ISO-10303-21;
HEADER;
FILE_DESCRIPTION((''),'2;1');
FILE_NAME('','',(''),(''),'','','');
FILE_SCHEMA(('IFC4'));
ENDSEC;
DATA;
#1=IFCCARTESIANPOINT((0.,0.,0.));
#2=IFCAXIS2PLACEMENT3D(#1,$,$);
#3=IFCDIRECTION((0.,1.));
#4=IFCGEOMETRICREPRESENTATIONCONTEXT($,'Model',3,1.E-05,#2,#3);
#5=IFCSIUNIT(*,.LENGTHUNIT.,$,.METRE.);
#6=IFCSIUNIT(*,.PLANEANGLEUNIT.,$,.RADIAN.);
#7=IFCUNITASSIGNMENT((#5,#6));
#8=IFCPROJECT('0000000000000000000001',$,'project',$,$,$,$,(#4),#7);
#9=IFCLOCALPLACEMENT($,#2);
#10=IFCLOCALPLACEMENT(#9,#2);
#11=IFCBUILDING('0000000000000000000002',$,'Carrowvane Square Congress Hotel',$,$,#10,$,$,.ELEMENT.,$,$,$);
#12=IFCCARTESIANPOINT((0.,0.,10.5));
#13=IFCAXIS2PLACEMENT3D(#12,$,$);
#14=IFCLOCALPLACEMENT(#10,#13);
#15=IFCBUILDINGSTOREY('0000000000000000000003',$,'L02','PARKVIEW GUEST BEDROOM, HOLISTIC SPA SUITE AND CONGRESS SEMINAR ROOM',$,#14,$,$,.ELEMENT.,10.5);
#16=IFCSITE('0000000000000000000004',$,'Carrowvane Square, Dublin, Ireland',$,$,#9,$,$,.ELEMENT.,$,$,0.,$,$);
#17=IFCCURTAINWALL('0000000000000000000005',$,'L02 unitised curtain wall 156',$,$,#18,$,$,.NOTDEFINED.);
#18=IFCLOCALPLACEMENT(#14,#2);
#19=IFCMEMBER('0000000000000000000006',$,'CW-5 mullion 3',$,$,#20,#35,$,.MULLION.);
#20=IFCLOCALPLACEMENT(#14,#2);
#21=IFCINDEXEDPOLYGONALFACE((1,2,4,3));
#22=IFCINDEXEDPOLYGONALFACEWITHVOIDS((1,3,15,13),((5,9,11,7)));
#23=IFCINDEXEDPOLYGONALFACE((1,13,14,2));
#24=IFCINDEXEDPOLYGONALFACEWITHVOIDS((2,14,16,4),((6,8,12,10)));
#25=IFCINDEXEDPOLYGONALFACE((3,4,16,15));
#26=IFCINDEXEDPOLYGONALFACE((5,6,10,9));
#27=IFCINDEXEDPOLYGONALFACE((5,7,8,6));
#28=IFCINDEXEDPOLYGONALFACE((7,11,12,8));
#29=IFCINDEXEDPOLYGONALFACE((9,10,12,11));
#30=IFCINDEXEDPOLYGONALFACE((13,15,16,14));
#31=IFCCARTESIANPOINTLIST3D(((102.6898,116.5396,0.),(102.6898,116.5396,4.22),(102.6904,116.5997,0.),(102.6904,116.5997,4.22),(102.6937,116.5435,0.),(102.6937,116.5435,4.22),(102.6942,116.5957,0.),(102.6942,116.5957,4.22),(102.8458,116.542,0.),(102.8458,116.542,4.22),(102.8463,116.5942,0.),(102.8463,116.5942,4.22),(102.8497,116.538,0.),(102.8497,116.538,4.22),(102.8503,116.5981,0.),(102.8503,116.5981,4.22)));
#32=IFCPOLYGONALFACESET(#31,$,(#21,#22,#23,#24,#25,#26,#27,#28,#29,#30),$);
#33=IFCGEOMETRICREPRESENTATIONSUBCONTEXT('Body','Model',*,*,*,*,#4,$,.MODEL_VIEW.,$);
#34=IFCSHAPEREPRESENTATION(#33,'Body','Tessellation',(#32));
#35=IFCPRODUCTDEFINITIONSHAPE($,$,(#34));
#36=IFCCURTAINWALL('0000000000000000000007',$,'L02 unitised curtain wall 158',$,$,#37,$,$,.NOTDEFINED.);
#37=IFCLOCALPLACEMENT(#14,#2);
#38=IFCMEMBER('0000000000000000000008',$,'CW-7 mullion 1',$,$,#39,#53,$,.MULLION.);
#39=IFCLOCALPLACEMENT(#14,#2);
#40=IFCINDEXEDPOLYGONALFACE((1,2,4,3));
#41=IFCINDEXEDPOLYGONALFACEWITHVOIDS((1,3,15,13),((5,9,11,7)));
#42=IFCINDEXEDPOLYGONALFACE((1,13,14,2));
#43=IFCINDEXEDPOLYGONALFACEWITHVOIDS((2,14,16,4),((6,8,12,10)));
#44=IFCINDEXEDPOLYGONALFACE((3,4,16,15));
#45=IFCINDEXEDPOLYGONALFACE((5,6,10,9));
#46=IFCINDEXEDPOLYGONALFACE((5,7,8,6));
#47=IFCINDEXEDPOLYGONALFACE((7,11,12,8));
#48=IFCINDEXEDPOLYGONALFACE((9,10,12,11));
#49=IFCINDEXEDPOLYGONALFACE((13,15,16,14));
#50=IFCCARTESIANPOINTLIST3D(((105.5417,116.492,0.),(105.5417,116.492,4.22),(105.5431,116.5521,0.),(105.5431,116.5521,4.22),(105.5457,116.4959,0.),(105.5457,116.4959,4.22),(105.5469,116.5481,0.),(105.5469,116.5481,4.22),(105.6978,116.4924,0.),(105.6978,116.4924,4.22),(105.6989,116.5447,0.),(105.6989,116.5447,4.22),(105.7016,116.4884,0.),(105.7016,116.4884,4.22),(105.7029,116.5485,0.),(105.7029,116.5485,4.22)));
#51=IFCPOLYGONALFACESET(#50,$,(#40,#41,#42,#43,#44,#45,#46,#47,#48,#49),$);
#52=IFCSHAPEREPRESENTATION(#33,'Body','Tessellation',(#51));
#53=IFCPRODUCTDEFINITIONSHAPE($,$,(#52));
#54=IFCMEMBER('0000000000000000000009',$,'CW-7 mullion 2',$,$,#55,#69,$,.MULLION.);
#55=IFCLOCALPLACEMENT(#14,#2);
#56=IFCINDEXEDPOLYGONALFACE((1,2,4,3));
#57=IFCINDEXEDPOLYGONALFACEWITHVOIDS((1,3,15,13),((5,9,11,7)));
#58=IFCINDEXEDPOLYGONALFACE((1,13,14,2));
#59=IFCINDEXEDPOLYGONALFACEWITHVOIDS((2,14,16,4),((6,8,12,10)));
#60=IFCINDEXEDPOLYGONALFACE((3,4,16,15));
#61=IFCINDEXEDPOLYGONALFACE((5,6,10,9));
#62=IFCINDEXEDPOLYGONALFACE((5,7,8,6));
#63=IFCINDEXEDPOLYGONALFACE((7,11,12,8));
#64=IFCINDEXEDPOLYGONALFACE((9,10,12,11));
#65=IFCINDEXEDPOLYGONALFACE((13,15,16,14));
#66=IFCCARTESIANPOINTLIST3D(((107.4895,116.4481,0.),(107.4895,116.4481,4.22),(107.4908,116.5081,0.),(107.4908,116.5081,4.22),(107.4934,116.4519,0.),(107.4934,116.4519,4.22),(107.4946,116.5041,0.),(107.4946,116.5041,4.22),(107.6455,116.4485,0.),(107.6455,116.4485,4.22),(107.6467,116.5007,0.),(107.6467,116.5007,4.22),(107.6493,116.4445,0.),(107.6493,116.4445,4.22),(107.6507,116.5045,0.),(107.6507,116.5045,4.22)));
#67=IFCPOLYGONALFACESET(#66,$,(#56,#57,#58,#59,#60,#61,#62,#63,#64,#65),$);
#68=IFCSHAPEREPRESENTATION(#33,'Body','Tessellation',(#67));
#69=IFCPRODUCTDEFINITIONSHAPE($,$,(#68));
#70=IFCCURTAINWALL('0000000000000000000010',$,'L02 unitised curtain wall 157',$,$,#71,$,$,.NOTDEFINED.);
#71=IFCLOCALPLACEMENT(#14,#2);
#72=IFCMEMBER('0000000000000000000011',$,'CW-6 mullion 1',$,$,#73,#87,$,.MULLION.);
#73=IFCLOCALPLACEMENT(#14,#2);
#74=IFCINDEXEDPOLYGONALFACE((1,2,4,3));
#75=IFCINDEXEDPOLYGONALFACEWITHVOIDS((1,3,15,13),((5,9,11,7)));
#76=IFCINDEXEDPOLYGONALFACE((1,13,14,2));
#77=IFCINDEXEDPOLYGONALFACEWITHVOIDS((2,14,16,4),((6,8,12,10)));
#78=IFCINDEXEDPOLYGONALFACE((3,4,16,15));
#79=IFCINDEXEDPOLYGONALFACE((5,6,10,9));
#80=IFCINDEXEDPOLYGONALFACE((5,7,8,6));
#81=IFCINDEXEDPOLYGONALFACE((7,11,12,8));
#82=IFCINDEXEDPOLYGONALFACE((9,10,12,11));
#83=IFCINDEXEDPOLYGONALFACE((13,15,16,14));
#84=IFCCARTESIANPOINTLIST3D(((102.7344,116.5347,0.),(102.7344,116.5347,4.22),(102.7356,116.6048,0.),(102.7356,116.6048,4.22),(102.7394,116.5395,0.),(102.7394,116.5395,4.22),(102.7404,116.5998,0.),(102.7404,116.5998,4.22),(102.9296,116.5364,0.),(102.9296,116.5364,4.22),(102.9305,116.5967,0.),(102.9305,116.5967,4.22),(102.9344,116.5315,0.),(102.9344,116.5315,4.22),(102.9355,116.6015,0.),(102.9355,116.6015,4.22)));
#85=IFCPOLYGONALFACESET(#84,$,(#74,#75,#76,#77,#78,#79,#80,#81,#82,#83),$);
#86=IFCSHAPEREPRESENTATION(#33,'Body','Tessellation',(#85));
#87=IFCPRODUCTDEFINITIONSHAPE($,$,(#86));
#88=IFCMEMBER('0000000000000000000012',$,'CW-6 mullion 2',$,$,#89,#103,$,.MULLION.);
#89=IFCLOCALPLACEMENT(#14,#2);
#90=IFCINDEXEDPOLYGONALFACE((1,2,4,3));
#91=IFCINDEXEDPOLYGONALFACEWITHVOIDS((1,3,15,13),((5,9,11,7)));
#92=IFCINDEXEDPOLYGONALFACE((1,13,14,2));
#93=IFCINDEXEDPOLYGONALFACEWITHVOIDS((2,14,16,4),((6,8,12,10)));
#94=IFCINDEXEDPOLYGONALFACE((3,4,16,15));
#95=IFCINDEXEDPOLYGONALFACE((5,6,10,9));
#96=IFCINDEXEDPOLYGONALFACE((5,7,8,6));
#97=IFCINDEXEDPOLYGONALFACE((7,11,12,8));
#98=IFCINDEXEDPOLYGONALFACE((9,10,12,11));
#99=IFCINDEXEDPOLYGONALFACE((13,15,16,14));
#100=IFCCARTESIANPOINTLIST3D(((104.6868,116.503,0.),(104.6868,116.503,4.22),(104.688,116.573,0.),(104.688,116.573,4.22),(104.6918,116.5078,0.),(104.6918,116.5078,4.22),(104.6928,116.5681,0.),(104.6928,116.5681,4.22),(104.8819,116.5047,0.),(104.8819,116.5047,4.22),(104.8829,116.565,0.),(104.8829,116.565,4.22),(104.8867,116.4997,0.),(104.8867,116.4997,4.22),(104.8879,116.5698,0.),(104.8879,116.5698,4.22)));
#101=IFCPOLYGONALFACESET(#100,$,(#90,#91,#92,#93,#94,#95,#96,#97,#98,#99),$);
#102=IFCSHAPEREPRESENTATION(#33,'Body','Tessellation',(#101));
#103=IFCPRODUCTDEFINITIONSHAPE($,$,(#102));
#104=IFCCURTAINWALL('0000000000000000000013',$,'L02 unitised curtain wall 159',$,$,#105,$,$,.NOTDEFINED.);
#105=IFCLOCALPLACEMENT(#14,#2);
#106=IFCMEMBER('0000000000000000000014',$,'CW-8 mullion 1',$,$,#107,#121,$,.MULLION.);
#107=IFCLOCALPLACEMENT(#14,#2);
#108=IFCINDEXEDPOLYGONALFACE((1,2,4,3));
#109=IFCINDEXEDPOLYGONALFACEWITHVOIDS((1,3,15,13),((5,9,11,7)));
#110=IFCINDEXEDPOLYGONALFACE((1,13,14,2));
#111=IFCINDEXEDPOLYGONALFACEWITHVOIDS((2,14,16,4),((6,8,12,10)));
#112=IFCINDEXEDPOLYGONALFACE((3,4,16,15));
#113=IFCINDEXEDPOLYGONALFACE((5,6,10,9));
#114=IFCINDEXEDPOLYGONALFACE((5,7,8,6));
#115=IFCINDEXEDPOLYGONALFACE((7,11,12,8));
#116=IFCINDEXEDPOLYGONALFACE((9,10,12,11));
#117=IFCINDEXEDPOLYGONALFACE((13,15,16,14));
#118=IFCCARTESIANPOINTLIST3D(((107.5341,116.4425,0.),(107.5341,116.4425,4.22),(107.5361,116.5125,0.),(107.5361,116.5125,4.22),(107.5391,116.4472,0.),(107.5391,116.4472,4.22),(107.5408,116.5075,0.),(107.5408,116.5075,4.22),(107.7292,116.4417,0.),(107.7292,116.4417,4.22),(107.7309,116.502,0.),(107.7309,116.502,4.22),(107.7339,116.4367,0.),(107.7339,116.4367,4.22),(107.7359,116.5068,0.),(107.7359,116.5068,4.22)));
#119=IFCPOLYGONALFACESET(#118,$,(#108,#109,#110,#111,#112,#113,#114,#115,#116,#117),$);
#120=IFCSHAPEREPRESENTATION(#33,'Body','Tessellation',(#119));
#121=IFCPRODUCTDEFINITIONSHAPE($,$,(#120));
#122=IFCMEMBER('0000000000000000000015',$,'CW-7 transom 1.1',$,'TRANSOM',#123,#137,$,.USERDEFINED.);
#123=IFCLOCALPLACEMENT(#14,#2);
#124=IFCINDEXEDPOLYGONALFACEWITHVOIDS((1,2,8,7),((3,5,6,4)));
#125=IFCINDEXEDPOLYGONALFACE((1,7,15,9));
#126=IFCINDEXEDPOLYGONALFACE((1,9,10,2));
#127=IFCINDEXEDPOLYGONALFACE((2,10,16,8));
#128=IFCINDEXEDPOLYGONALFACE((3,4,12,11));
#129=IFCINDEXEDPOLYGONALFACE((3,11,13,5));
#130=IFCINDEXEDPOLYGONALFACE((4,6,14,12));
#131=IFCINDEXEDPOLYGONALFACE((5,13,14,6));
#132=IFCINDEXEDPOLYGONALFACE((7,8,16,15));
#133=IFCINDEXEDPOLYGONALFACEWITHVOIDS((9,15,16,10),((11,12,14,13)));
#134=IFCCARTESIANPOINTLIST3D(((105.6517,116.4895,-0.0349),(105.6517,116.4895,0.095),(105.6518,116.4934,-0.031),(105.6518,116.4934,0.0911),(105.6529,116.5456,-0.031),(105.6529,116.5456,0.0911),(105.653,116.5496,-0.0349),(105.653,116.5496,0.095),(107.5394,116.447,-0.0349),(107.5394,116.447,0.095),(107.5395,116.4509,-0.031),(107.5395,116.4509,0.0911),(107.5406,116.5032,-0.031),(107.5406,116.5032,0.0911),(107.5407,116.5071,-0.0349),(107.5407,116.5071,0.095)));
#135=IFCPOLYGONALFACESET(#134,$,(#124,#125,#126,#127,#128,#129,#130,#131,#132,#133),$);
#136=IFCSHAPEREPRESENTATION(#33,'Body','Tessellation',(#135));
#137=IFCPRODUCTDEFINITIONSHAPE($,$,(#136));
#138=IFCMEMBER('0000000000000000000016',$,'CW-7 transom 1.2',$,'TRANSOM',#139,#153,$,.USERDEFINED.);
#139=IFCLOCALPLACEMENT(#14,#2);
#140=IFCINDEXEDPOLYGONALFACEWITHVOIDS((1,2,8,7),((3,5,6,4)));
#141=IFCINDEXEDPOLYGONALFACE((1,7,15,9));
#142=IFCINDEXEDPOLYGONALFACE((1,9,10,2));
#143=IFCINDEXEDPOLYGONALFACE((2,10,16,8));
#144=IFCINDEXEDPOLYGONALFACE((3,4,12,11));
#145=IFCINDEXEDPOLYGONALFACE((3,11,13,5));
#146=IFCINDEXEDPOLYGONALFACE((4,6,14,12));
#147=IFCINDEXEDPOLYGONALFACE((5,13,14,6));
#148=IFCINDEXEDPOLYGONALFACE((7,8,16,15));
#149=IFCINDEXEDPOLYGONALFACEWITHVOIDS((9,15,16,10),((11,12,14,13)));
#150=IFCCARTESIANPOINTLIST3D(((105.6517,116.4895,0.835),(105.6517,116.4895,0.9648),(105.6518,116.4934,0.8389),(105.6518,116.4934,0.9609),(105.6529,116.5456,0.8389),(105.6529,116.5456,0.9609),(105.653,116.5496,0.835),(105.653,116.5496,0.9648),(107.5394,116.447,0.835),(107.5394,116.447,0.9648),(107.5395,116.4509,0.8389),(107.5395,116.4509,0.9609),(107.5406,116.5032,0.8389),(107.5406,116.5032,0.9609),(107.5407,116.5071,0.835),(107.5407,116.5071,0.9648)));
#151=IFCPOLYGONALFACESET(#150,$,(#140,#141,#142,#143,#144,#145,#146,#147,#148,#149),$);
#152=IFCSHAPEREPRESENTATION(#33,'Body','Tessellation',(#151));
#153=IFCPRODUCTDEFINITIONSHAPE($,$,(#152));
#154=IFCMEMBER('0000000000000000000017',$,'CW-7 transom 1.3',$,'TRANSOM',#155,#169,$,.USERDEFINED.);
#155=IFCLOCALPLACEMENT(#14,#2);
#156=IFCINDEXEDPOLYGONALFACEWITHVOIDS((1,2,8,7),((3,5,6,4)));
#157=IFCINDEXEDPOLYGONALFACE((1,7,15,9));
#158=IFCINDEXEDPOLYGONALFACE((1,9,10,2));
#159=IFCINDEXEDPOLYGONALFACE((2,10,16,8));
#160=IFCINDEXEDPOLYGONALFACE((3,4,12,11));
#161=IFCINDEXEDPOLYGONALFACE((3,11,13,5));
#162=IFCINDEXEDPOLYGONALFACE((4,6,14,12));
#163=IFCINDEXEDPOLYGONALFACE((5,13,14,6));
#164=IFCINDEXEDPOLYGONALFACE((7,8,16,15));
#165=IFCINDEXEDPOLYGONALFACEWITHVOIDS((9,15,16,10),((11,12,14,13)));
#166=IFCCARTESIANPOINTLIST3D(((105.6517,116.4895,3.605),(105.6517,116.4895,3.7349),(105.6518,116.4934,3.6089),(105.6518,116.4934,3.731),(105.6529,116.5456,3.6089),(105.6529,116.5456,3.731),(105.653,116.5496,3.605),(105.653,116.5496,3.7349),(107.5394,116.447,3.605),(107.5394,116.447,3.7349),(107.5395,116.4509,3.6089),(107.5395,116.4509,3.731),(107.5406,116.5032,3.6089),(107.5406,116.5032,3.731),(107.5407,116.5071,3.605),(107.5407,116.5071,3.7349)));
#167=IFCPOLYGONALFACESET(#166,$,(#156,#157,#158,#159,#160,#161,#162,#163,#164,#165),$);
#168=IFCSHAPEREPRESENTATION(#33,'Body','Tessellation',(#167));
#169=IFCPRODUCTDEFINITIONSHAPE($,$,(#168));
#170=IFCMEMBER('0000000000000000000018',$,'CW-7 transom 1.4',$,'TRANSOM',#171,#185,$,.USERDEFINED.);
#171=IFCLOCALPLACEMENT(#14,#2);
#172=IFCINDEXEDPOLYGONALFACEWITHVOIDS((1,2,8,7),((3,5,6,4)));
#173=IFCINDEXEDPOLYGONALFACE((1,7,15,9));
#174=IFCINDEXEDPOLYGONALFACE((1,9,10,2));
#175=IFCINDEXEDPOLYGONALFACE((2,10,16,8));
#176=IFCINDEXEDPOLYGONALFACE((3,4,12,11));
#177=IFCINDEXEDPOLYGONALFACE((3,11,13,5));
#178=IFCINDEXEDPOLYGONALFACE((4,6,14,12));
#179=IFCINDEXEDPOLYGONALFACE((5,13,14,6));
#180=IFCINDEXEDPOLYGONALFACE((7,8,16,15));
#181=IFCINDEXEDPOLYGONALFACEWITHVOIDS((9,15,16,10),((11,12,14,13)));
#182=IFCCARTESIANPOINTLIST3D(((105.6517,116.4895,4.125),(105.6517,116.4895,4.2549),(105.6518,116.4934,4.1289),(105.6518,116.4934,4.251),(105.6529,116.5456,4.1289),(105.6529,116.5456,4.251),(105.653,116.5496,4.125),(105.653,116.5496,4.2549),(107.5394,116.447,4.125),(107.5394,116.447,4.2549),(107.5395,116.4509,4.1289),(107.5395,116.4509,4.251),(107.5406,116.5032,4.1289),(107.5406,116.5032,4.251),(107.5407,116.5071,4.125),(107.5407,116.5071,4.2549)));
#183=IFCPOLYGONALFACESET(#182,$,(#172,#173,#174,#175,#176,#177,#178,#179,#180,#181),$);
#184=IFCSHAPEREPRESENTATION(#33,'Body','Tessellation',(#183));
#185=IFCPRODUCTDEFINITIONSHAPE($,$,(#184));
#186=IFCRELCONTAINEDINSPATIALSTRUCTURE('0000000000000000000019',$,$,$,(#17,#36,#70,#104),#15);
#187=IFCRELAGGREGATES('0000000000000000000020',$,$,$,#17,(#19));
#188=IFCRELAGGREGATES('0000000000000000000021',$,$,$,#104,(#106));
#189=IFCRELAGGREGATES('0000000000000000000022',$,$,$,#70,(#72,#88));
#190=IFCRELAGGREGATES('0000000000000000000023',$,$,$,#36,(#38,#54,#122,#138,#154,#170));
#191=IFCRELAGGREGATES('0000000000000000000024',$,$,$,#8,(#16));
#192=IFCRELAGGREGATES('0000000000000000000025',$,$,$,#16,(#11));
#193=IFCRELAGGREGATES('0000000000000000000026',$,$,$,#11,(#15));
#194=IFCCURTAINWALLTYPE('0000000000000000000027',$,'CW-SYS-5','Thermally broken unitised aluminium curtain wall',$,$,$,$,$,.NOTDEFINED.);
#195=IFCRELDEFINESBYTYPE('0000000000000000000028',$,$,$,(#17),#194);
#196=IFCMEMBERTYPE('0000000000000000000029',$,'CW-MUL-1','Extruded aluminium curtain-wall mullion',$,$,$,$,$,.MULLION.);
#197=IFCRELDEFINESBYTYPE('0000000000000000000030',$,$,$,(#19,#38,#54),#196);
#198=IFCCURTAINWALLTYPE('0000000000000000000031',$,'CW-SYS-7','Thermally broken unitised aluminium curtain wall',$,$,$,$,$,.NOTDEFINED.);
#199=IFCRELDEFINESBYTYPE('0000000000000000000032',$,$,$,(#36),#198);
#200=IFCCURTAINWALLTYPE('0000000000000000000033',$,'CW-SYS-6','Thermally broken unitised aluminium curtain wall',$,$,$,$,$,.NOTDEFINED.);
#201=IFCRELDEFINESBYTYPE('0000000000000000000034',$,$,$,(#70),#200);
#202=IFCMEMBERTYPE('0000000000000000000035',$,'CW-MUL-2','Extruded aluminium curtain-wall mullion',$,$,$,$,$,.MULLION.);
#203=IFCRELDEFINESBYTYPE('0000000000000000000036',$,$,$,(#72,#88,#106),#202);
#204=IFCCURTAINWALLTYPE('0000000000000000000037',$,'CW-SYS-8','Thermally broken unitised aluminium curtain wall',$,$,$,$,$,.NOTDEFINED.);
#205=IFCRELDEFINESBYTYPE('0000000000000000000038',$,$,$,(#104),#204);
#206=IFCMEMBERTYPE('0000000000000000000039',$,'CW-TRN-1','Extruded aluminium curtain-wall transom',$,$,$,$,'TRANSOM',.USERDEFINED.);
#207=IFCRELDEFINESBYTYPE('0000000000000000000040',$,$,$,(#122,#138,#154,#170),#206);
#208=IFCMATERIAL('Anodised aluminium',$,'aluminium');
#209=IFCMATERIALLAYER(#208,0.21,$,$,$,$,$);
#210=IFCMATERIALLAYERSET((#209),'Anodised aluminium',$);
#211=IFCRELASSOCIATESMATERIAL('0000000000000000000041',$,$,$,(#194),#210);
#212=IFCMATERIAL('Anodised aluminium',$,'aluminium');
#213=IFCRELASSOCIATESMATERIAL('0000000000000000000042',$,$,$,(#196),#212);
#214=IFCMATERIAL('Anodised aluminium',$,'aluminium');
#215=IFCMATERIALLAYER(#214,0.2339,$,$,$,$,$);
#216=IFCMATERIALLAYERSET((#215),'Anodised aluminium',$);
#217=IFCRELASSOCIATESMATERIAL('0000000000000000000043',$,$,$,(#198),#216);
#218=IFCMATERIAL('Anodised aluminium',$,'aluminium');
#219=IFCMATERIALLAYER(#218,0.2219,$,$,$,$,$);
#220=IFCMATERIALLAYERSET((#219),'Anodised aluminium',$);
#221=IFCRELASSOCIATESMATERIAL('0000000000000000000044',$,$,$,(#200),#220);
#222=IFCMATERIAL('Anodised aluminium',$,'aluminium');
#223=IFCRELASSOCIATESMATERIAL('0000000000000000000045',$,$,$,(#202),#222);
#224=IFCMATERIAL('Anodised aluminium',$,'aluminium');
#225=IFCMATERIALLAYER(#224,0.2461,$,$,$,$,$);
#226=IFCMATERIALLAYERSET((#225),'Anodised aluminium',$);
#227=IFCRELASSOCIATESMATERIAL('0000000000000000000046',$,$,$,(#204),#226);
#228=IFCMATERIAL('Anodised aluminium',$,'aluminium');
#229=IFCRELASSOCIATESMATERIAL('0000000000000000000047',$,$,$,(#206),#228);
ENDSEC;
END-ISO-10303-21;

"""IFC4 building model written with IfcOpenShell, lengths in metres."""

from ifc_helpers import new_model, si_unit, direction, frame, origin, origin_2d, place, context, subcontext, project, spatial, hollow_rectangle, extrude, material, layer, layer_set, material_profile, profile_set, type_object, element, aggregate, save


model = new_model("IFC4")

# Units and contexts
model_context = context("Model", 3, precision=1e-05, world=origin(), true_north=direction((0.0, 1.0)))
body_context = subcontext(model_context, "Body", "Model", "MODEL_VIEW")
ifc_project = project(units=[si_unit("LENGTHUNIT", "METRE"), si_unit("PLANEANGLEUNIT", "RADIAN")], contexts=[model_context])

# Site, building, storey
site_placement = place(None, origin())
site = spatial("IfcSite", under=ifc_project, at=site_placement, Name="Carrowvane Square, Dublin, Ireland", CompositionType="ELEMENT", RefElevation=0.0)
building_placement = place(site_placement, origin())
building = spatial("IfcBuilding", under=site, at=building_placement, Name="Carrowvane Square Congress Hotel", CompositionType="ELEMENT")
storey_placement = place(building_placement, frame((0.0, 0.0, 10.5)))
storey = spatial("IfcBuildingStorey", under=building, at=storey_placement, Name="L02", Description="PARKVIEW GUEST BEDROOM, HOLISTIC SPA SUITE AND CONGRESS SEMINAR ROOM", CompositionType="ELEMENT", Elevation=10.5)

# Curtain wall, member
ifc_material_1 = material(Name="Anodised aluminium", Category="aluminium")
ifc_layer_1 = layer(ifc_material_1, 0.21)
ifc_layer_set_1 = layer_set([ifc_layer_1], Name="Anodised aluminium")
curtain_wall_type_1 = type_object("IfcCurtainWallType", Name="CW-SYS-5", Description="Thermally broken unitised aluminium curtain wall", PredefinedType="NOTDEFINED", material=ifc_layer_set_1)
curtain_wall_1_placement = place(storey_placement, origin())
curtain_wall_1 = element("IfcCurtainWall", 1, at=curtain_wall_1_placement, inside=storey, type_object=curtain_wall_type_1, Name="L02 unitised curtain wall 156", PredefinedType="NOTDEFINED")
ifc_material_2 = material(Name="Anodised aluminium", Category="aluminium")
ifc_material_profile_1 = material_profile(ifc_material_2, hollow_rectangle(XDim=0.0601, YDim=0.1599, WallThickness=0.0039, at=origin_2d()), Name="CW-ML 60x160x4")
ifc_profile_set_1 = profile_set([ifc_material_profile_1], Name="Anodised aluminium")
member_type_1 = type_object("IfcMemberType", Name="CW-MUL-1", Description="Extruded aluminium curtain-wall mullion", PredefinedType="MULLION", material=ifc_profile_set_1)
member_1_placement = place(storey_placement, frame((102.77, 116.5688, 0.0), z_axis=(0.0, 0.0, 1.0), x_axis=(0.009783, 0.999952, 0.0)))
member_1 = element("IfcMember", 2, at=member_1_placement, type_object=member_type_1, Name="CW-5 mullion 3", PredefinedType="MULLION", context=body_context, shape_type="SweptSolid", body=[
    extrude(hollow_rectangle(XDim=0.0601, YDim=0.1599, WallThickness=0.0039, at=origin_2d()), origin(), (0.0, 0.0, 1.0), 4.22),
])
aggregate(curtain_wall_1, [member_1])

# Curtain walls, members
ifc_material_3 = material(Name="Anodised aluminium", Category="aluminium")
ifc_layer_2 = layer(ifc_material_3, 0.2339)
ifc_layer_set_2 = layer_set([ifc_layer_2], Name="Anodised aluminium")
curtain_wall_type_2 = type_object("IfcCurtainWallType", Name="CW-SYS-7", Description="Thermally broken unitised aluminium curtain wall", PredefinedType="NOTDEFINED", material=ifc_layer_set_2)
curtain_wall_2_placement = place(storey_placement, origin())
curtain_wall_2 = element("IfcCurtainWall", 3, at=curtain_wall_2_placement, inside=storey, type_object=curtain_wall_type_2, Name="L02 unitised curtain wall 158", PredefinedType="NOTDEFINED")
member_2_placement = place(storey_placement, frame((105.6223, 116.5203, 0.0), z_axis=(0.0, 0.0, 1.0), x_axis=(0.022518, 0.999746, 0.0)))
member_2 = element("IfcMember", 4, at=member_2_placement, type_object=member_type_1, Name="CW-7 mullion 1", PredefinedType="MULLION", context=body_context, shape_type="SweptSolid", body=[
    extrude(hollow_rectangle(XDim=0.0601, YDim=0.1599, WallThickness=0.0039, at=origin_2d()), origin(), (0.0, 0.0, 1.0), 4.22),
])
member_3_placement = place(storey_placement, frame((107.5701, 116.4763, 0.0), z_axis=(0.0, 0.0, 1.0), x_axis=(0.022518, 0.999746, 0.0)))
member_3 = element("IfcMember", 5, at=member_3_placement, type_object=member_type_1, Name="CW-7 mullion 2", PredefinedType="MULLION", context=body_context, shape_type="SweptSolid", body=[
    extrude(hollow_rectangle(XDim=0.0601, YDim=0.1599, WallThickness=0.0039, at=origin_2d()), origin(), (0.0, 0.0, 1.0), 4.22),
])
ifc_material_4 = material(Name="Anodised aluminium", Category="aluminium")
ifc_layer_3 = layer(ifc_material_4, 0.2219)
ifc_layer_set_3 = layer_set([ifc_layer_3], Name="Anodised aluminium")
curtain_wall_type_3 = type_object("IfcCurtainWallType", Name="CW-SYS-6", Description="Thermally broken unitised aluminium curtain wall", PredefinedType="NOTDEFINED", material=ifc_layer_set_3)
curtain_wall_3_placement = place(storey_placement, origin())
curtain_wall_3 = element("IfcCurtainWall", 6, at=curtain_wall_3_placement, inside=storey, type_object=curtain_wall_type_3, Name="L02 unitised curtain wall 157", PredefinedType="NOTDEFINED")
ifc_material_5 = material(Name="Anodised aluminium", Category="aluminium")
ifc_material_profile_2 = material_profile(ifc_material_5, hollow_rectangle(XDim=0.0701, YDim=0.2, WallThickness=0.0049, at=origin_2d()), Name="CW-ML 70x200x5")
ifc_profile_set_2 = profile_set([ifc_material_profile_2], Name="Anodised aluminium")
member_type_2 = type_object("IfcMemberType", Name="CW-MUL-2", Description="Extruded aluminium curtain-wall mullion", PredefinedType="MULLION", material=ifc_profile_set_2)
member_4_placement = place(storey_placement, frame((102.835, 116.5681, 0.0), z_axis=(0.0, 0.0, 1.0), x_axis=(0.016216, 0.999869, 0.0)))
member_4 = element("IfcMember", 7, at=member_4_placement, type_object=member_type_2, Name="CW-6 mullion 1", PredefinedType="MULLION", context=body_context, shape_type="SweptSolid", body=[
    extrude(hollow_rectangle(XDim=0.0701, YDim=0.2, WallThickness=0.0049, at=origin_2d()), origin(), (0.0, 0.0, 1.0), 4.22),
])
member_5_placement = place(storey_placement, frame((104.7874, 116.5364, 0.0), z_axis=(0.0, 0.0, 1.0), x_axis=(0.016216, 0.999869, 0.0)))
member_5 = element("IfcMember", 8, at=member_5_placement, type_object=member_type_2, Name="CW-6 mullion 2", PredefinedType="MULLION", context=body_context, shape_type="SweptSolid", body=[
    extrude(hollow_rectangle(XDim=0.0701, YDim=0.2, WallThickness=0.0049, at=origin_2d()), origin(), (0.0, 0.0, 1.0), 4.22),
])

# Curtain wall, member
ifc_material_6 = material(Name="Anodised aluminium", Category="aluminium")
ifc_layer_4 = layer(ifc_material_6, 0.2461)
ifc_layer_set_4 = layer_set([ifc_layer_4], Name="Anodised aluminium")
curtain_wall_type_4 = type_object("IfcCurtainWallType", Name="CW-SYS-8", Description="Thermally broken unitised aluminium curtain wall", PredefinedType="NOTDEFINED", material=ifc_layer_set_4)
curtain_wall_4_placement = place(storey_placement, origin())
curtain_wall_4 = element("IfcCurtainWall", 9, at=curtain_wall_4_placement, inside=storey, type_object=curtain_wall_type_4, Name="L02 unitised curtain wall 159", PredefinedType="NOTDEFINED")
member_6_placement = place(storey_placement, frame((107.635, 116.4746, 0.0), z_axis=(0.0, 0.0, 1.0), x_axis=(0.028638, 0.99959, 0.0)))
member_6 = element("IfcMember", 10, at=member_6_placement, type_object=member_type_2, Name="CW-8 mullion 1", PredefinedType="MULLION", context=body_context, shape_type="SweptSolid", body=[
    extrude(hollow_rectangle(XDim=0.0701, YDim=0.2, WallThickness=0.0049, at=origin_2d()), origin(), (0.0, 0.0, 1.0), 4.22),
])
aggregate(curtain_wall_4, [member_6])

# Members
ifc_material_7 = material(Name="Anodised aluminium", Category="aluminium")
ifc_material_profile_3 = material_profile(ifc_material_7, hollow_rectangle(XDim=0.0601, YDim=0.1299, WallThickness=0.0039, at=origin_2d()), Name="CW-TR 60x130x4")
ifc_profile_set_3 = profile_set([ifc_material_profile_3], Name="Anodised aluminium")
member_type_3 = type_object("IfcMemberType", Name="CW-TRN-1", Description="Extruded aluminium curtain-wall transom", ElementType="TRANSOM", PredefinedType="USERDEFINED", material=ifc_profile_set_3)
member_7_placement = place(storey_placement, frame((105.6523, 116.5195, 0.03), z_axis=(0.999747, -0.022498, 0.0), x_axis=(0.022498, 0.999747, 0.0)))
member_7 = element("IfcMember", 11, at=member_7_placement, type_object=member_type_3, Name="CW-7 transom 1.1", ObjectType="TRANSOM", PredefinedType="USERDEFINED", context=body_context, shape_type="SweptSolid", body=[
    extrude(hollow_rectangle(XDim=0.0601, YDim=0.1299, WallThickness=0.0039, at=origin_2d()), origin(), (0.0, 0.0, 1.0), 1.8882),
])
member_8_placement = place(storey_placement, frame((105.6523, 116.5195, 0.8999), z_axis=(0.999747, -0.022498, 0.0), x_axis=(0.022498, 0.999747, 0.0)))
member_8 = element("IfcMember", 12, at=member_8_placement, type_object=member_type_3, Name="CW-7 transom 1.2", ObjectType="TRANSOM", PredefinedType="USERDEFINED", context=body_context, shape_type="SweptSolid", body=[
    extrude(hollow_rectangle(XDim=0.0601, YDim=0.1299, WallThickness=0.0039, at=origin_2d()), origin(), (0.0, 0.0, 1.0), 1.8882),
])
member_9_placement = place(storey_placement, frame((105.6523, 116.5195, 3.6699), z_axis=(0.999747, -0.022498, 0.0), x_axis=(0.022498, 0.999747, 0.0)))
member_9 = element("IfcMember", 13, at=member_9_placement, type_object=member_type_3, Name="CW-7 transom 1.3", ObjectType="TRANSOM", PredefinedType="USERDEFINED", context=body_context, shape_type="SweptSolid", body=[
    extrude(hollow_rectangle(XDim=0.0601, YDim=0.1299, WallThickness=0.0039, at=origin_2d()), origin(), (0.0, 0.0, 1.0), 1.8882),
])
member_10_placement = place(storey_placement, frame((105.6523, 116.5195, 4.1899), z_axis=(0.999747, -0.022498, 0.0), x_axis=(0.022498, 0.999747, 0.0)))
member_10 = element("IfcMember", 14, at=member_10_placement, type_object=member_type_3, Name="CW-7 transom 1.4", ObjectType="TRANSOM", PredefinedType="USERDEFINED", context=body_context, shape_type="SweptSolid", body=[
    extrude(hollow_rectangle(XDim=0.0601, YDim=0.1299, WallThickness=0.0039, at=origin_2d()), origin(), (0.0, 0.0, 1.0), 1.8882),
])

aggregate(curtain_wall_3, [member_4, member_5])
aggregate(curtain_wall_2, [member_2, member_3, member_7, member_8, member_9, member_10])

save(model, "model.ifc")
